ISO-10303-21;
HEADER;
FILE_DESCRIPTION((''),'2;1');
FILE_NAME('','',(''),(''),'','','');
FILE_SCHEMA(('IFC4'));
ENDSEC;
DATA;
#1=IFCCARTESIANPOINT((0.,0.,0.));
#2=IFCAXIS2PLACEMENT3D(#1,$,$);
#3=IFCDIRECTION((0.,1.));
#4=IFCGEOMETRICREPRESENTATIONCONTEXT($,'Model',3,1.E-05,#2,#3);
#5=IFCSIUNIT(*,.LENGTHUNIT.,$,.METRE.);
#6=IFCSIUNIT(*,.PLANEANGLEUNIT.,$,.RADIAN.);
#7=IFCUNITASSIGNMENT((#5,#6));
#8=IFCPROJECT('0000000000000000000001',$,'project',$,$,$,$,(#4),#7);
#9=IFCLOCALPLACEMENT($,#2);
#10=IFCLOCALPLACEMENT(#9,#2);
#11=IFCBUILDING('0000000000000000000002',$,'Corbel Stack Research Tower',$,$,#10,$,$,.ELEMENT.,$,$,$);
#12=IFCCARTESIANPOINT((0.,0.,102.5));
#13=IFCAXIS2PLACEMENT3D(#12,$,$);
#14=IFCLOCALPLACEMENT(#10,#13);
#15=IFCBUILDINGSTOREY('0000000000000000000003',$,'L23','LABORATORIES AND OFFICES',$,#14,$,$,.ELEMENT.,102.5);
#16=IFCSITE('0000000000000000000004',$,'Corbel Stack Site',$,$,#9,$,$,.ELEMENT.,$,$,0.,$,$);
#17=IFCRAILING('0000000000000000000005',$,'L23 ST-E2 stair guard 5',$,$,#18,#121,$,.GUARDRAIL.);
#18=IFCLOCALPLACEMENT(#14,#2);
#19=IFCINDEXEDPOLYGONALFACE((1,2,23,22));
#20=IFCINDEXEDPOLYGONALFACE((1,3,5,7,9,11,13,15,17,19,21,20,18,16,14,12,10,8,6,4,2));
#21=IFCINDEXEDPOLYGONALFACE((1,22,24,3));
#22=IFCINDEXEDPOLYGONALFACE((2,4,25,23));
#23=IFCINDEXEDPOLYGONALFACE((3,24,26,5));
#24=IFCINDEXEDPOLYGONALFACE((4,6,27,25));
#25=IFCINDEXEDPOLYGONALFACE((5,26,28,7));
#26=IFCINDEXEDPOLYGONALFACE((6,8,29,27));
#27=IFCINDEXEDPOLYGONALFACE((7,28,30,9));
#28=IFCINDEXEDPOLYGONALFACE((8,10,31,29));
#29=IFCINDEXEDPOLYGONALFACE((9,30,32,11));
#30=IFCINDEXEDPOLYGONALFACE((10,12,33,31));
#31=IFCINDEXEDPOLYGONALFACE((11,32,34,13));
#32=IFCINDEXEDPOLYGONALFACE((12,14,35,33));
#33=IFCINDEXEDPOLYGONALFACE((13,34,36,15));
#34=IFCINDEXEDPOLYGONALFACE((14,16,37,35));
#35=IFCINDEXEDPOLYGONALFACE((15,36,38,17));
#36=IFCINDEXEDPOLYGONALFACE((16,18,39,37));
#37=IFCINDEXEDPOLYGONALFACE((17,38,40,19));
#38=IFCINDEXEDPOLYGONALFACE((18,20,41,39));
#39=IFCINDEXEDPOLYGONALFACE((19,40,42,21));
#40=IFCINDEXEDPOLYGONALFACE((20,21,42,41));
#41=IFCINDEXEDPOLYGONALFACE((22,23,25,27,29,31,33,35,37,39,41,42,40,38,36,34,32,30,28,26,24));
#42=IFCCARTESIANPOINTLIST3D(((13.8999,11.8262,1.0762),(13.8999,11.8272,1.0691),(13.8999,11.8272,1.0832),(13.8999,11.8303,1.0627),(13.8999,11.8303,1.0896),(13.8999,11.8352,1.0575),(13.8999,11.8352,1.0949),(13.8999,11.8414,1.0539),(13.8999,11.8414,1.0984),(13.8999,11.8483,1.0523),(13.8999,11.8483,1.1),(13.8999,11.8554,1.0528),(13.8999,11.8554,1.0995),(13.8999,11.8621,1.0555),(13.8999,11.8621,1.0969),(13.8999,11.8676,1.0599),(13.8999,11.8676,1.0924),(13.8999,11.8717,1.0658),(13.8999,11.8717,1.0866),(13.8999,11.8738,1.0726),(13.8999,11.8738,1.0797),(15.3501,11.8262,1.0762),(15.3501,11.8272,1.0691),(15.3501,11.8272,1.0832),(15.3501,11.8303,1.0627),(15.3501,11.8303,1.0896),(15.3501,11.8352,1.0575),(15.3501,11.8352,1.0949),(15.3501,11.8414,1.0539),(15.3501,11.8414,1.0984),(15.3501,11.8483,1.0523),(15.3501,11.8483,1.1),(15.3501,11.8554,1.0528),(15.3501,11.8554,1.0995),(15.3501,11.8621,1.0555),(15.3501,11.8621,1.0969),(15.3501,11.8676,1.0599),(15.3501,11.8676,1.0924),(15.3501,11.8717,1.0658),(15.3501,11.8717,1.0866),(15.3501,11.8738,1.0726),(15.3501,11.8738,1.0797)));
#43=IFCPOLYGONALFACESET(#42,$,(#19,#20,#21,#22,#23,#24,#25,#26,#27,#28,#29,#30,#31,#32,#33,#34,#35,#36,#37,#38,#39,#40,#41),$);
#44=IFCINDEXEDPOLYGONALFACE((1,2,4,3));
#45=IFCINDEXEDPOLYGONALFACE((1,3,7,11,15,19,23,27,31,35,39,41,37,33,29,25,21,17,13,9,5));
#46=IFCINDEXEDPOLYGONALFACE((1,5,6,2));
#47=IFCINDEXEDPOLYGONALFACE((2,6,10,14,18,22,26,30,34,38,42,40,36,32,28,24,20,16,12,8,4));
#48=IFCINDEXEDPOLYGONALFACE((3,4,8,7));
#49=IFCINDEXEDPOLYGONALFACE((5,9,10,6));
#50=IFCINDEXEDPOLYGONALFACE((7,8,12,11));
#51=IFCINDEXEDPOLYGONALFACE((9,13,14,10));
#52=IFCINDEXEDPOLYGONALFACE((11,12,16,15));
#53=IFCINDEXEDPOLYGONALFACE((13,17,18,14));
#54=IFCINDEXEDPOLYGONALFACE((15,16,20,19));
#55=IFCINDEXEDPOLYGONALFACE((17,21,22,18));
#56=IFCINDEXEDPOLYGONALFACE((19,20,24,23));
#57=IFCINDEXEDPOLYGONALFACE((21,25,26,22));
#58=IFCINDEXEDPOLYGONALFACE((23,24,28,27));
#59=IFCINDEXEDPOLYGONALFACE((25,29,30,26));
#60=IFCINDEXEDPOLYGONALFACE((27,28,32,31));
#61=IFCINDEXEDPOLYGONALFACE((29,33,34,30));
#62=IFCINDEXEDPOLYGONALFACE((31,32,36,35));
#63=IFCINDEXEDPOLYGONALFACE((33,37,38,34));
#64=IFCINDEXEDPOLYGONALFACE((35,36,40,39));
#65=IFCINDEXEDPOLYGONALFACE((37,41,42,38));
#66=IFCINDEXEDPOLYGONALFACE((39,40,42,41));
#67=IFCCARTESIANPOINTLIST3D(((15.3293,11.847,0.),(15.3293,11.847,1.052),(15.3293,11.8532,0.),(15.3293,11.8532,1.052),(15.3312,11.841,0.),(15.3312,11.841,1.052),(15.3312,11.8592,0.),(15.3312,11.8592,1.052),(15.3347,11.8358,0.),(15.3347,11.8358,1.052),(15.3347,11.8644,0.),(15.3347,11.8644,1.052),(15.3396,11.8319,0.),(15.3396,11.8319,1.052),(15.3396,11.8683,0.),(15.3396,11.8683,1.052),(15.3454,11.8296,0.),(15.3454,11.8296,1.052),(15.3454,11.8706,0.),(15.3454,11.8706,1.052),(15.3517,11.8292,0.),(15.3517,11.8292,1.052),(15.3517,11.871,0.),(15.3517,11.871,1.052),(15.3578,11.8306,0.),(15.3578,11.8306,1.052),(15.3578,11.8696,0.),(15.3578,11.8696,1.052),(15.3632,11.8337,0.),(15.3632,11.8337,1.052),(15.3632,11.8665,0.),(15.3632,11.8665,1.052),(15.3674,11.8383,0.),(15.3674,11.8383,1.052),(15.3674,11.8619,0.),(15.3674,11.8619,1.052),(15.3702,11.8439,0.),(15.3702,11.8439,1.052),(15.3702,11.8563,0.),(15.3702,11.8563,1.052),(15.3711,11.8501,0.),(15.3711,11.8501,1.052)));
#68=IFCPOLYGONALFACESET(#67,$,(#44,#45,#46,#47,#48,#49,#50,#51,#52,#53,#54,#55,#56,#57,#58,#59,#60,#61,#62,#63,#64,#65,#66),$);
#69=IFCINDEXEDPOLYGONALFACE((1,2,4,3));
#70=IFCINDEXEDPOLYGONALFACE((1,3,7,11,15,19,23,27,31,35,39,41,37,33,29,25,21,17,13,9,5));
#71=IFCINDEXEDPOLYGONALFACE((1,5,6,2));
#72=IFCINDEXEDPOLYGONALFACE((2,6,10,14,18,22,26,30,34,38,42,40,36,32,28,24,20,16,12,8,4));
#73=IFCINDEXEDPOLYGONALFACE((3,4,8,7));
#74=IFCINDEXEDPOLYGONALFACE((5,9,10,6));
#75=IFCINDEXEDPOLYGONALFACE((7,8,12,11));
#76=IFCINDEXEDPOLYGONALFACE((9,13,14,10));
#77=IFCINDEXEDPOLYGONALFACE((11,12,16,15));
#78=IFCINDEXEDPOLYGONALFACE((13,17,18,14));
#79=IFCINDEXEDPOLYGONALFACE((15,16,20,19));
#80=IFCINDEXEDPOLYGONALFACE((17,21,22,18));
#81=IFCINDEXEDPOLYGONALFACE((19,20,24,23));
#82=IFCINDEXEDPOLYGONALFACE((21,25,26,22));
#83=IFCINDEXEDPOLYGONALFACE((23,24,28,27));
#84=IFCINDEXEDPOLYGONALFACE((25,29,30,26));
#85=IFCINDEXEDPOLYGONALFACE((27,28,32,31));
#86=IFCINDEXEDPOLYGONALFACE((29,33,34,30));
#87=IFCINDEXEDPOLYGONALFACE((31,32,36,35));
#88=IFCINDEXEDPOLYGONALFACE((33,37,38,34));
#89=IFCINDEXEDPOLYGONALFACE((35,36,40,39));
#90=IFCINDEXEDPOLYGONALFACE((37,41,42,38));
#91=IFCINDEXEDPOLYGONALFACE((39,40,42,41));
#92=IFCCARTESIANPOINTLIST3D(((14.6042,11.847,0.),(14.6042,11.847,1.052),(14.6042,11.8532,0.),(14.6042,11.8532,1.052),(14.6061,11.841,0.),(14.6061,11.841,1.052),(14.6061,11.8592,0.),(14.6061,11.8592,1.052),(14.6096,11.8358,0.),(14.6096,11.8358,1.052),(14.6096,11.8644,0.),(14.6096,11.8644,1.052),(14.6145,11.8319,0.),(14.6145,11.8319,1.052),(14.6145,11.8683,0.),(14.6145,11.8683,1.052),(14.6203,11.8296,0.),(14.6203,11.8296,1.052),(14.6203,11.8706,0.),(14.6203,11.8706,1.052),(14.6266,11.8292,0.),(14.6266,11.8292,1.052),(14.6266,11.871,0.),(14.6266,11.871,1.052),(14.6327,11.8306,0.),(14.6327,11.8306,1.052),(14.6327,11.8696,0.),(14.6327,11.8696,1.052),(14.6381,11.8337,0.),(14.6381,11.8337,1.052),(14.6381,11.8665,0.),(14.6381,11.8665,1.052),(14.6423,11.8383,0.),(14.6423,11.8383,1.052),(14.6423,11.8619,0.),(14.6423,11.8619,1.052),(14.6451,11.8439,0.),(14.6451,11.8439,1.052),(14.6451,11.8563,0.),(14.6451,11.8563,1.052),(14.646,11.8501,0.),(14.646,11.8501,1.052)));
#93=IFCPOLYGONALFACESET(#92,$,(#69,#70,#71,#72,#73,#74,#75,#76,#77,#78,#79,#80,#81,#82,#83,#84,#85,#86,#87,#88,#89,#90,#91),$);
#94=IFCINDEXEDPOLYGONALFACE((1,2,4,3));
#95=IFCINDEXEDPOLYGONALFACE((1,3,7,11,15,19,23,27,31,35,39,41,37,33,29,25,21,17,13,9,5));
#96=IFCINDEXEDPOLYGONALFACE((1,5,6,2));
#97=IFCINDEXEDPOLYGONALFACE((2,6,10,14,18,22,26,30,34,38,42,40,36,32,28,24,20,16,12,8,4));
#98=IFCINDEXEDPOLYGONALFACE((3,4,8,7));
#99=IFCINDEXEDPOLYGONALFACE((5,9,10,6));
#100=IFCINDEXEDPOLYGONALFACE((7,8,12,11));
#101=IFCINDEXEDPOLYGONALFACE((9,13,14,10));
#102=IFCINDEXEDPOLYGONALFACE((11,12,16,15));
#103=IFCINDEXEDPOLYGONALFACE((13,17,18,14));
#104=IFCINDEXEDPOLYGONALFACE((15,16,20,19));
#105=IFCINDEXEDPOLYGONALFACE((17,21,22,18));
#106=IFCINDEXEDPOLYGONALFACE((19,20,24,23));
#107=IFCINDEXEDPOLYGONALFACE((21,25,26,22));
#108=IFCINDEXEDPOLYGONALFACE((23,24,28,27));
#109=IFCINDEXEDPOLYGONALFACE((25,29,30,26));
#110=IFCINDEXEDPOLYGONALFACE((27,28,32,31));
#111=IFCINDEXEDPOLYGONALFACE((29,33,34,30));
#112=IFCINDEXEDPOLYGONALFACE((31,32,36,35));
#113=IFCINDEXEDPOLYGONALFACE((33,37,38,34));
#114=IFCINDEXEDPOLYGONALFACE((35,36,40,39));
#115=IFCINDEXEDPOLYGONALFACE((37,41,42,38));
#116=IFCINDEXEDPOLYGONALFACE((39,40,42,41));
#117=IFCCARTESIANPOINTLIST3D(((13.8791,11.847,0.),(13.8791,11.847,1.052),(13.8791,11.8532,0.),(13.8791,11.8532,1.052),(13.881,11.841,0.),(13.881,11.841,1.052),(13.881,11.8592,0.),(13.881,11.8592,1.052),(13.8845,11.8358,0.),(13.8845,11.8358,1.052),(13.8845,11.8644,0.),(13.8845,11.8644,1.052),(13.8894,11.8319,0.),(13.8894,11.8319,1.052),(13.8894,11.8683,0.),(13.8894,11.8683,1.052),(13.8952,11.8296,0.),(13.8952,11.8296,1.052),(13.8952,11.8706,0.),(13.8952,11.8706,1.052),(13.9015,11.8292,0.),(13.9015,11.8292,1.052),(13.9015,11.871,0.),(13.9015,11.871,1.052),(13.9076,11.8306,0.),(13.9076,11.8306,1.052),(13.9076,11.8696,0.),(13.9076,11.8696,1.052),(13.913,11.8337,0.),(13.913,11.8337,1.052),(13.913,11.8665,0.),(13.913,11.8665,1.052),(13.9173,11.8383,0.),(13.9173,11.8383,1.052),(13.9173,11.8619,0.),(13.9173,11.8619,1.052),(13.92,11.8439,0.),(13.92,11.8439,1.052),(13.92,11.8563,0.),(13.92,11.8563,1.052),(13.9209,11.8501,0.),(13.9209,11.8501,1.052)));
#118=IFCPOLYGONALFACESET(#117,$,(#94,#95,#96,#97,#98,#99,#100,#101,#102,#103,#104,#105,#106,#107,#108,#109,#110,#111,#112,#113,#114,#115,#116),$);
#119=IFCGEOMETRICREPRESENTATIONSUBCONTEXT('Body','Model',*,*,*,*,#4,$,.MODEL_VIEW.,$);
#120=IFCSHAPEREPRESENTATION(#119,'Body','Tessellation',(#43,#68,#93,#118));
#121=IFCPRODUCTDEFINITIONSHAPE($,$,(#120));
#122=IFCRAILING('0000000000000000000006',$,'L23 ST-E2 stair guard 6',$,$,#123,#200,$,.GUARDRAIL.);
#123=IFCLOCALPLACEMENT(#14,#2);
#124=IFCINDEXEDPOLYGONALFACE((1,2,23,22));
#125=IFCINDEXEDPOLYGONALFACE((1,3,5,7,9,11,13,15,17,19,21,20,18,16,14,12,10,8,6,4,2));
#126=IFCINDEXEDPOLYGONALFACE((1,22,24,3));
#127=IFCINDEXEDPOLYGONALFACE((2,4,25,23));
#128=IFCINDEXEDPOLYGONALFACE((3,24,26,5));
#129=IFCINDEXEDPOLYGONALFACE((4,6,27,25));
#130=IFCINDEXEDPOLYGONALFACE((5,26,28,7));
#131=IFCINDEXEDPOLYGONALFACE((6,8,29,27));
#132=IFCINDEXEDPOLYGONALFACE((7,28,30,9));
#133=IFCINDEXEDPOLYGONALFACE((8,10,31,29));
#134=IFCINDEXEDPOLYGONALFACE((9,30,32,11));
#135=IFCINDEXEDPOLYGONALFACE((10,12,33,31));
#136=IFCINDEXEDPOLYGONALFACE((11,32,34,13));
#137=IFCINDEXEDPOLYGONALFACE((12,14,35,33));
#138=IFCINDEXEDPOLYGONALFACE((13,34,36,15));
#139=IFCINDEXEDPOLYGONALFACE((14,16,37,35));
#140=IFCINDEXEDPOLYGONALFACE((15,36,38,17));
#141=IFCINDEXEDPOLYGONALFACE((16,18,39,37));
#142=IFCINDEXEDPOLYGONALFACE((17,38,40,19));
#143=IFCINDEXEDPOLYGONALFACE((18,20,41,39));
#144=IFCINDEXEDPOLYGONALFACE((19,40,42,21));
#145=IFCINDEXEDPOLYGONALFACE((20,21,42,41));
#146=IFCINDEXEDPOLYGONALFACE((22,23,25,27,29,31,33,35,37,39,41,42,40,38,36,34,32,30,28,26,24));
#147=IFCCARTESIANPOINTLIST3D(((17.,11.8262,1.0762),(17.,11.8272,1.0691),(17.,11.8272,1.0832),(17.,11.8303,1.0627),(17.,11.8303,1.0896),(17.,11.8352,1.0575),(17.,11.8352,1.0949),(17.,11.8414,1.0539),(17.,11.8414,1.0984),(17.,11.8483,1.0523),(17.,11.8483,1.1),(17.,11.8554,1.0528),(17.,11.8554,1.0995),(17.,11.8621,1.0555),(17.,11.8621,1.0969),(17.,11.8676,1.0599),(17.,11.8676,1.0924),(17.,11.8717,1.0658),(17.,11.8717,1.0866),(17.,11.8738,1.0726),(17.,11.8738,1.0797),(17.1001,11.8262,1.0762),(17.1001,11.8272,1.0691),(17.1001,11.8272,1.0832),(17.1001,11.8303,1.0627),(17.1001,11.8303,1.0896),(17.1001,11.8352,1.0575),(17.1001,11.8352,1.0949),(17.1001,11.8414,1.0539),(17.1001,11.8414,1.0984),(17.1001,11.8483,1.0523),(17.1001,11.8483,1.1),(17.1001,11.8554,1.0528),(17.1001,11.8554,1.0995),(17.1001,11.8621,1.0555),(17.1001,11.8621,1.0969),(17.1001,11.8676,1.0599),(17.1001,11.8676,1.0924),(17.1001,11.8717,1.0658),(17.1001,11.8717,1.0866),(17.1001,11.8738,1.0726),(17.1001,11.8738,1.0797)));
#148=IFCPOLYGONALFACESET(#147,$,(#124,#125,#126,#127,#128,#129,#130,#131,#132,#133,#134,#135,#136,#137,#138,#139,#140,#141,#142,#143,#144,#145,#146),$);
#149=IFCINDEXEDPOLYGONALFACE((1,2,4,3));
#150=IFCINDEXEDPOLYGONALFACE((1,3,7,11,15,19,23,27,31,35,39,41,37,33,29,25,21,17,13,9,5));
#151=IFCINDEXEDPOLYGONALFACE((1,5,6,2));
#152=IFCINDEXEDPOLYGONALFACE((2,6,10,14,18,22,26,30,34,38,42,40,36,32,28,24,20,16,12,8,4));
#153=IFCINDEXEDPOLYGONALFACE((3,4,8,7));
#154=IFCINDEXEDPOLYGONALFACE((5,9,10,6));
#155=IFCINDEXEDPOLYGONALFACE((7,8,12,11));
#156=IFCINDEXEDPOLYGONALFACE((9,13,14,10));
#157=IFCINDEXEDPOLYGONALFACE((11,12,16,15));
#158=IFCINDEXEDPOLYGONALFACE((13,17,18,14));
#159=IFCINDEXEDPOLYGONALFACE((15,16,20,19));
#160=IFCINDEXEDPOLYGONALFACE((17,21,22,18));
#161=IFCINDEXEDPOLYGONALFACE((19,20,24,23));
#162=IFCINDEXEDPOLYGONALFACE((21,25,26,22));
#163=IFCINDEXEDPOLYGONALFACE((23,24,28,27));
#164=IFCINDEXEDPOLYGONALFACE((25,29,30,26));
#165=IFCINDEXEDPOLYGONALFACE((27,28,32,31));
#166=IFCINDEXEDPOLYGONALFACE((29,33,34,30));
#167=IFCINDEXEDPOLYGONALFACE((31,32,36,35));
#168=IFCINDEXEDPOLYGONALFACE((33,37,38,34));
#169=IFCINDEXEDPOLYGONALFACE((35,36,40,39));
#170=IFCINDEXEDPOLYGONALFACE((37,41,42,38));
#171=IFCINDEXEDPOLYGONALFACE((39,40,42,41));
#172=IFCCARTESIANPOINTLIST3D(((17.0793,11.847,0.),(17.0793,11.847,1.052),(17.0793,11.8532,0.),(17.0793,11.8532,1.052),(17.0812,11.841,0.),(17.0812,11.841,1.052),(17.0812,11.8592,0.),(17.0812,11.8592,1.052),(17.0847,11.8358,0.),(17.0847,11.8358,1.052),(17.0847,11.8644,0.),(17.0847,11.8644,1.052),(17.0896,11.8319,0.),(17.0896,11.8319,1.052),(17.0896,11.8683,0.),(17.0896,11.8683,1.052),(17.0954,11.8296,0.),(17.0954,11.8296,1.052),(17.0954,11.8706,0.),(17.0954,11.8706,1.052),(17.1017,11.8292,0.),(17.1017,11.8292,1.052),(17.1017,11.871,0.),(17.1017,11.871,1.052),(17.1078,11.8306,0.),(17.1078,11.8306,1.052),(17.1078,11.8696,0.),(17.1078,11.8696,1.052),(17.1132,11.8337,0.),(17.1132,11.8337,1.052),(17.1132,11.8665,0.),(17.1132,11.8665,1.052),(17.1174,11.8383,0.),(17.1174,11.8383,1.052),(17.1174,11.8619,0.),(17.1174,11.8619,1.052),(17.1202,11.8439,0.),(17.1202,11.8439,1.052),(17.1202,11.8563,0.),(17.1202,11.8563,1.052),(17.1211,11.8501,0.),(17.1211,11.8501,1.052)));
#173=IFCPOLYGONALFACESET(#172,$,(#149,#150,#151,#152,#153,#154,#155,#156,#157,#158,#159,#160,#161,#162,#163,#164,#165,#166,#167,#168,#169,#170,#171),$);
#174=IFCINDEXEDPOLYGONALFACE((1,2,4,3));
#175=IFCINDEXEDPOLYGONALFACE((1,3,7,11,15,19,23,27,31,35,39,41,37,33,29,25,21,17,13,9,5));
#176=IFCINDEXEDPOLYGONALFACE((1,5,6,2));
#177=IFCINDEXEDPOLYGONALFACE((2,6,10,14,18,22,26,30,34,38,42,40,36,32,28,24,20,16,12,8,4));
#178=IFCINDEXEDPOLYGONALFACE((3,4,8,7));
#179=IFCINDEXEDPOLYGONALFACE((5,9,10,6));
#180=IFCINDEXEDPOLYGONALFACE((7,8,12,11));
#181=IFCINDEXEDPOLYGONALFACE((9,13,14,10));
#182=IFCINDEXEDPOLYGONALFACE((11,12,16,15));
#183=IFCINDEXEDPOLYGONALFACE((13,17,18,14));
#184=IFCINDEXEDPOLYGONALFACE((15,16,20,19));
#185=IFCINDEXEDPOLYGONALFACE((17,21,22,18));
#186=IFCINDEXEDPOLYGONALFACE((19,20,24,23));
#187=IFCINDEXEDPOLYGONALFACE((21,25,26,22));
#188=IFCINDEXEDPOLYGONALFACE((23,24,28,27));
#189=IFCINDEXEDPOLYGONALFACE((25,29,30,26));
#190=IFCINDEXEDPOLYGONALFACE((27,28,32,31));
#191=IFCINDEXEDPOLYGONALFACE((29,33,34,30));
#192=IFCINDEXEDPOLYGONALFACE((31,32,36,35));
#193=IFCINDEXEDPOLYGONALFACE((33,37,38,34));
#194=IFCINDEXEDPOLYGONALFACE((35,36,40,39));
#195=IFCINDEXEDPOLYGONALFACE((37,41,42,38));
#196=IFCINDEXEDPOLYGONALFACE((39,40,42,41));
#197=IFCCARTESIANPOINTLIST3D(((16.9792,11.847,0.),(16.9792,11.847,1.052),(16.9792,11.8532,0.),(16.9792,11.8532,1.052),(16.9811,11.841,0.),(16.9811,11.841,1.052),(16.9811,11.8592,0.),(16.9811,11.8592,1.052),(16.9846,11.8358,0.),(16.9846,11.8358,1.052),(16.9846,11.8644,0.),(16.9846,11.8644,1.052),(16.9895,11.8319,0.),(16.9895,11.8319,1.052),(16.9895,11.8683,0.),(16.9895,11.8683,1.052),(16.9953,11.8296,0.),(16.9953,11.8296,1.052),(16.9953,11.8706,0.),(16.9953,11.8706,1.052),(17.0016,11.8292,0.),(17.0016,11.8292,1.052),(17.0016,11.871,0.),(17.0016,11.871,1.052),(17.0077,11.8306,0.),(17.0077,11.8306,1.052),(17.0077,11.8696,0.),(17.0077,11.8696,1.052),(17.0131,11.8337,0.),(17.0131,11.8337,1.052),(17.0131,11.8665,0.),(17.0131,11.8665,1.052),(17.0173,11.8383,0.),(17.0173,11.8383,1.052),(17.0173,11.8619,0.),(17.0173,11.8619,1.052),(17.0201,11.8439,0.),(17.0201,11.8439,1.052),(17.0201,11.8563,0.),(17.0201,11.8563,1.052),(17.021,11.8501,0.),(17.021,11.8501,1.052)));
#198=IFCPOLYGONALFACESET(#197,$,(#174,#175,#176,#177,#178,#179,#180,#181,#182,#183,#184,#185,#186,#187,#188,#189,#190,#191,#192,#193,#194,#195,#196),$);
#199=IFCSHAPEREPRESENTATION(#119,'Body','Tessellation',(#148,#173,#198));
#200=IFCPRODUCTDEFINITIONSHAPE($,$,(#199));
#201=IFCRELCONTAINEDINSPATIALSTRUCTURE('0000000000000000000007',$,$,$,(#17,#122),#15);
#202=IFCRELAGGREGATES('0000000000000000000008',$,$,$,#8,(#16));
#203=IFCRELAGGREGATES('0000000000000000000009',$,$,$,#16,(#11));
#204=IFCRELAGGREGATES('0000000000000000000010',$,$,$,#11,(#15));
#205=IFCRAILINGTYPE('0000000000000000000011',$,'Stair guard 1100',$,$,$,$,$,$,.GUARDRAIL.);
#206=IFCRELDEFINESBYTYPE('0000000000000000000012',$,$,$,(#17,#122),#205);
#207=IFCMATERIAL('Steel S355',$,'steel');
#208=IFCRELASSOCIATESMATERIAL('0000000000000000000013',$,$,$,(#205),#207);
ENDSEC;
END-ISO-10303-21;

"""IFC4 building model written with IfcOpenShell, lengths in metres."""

from ifc_helpers import new_model, si_unit, direction, frame, origin, origin_2d, place, context, subcontext, project, spatial, circle, extrude, material, type_object, element, save


model = new_model("IFC4")

# Units and contexts
model_context = context("Model", 3, precision=1e-05, world=origin(), true_north=direction((0.0, 1.0)))
body_context = subcontext(model_context, "Body", "Model", "MODEL_VIEW")
ifc_project = project(units=[si_unit("LENGTHUNIT", "METRE"), si_unit("PLANEANGLEUNIT", "RADIAN")], contexts=[model_context])

# Site, building, storey
site_placement = place(None, origin())
site = spatial("IfcSite", under=ifc_project, at=site_placement, Name="Corbel Stack Site", CompositionType="ELEMENT", RefElevation=0.0)
building_placement = place(site_placement, origin())
building = spatial("IfcBuilding", under=site, at=building_placement, Name="Corbel Stack Research Tower", CompositionType="ELEMENT")
storey_placement = place(building_placement, frame((0.0, 0.0, 102.5)))
storey = spatial("IfcBuildingStorey", under=building, at=storey_placement, Name="L23", Description="LABORATORIES AND OFFICES", CompositionType="ELEMENT", Elevation=102.5)

# Railings
ifc_material_1 = material(Name="Steel S355", Category="steel")
railing_type_1 = type_object("IfcRailingType", Name="Stair guard 1100", PredefinedType="GUARDRAIL", material=ifc_material_1)
railing_1_placement = place(storey_placement, frame((15.3501, 11.8501, 0.0)))
element("IfcRailing", 1, at=railing_1_placement, inside=storey, type_object=railing_type_1, Name="L23 ST-E2 stair guard 5", PredefinedType="GUARDRAIL", context=body_context, shape_type="SweptSolid", body=[
    extrude(circle(Radius=0.0239, at=origin_2d()), frame((0.0, 0.0, 1.0762), z_axis=(-1.0, 0.0, 0.0), x_axis=(0.0, -1.0, 0.0)), (0.0, 0.0, 1.0), 1.4502),
    extrude(circle(Radius=0.021, at=origin_2d()), origin(), (0.0, 0.0, 1.0), 1.052),
    extrude(circle(Radius=0.021, at=origin_2d()), frame((-0.7251, 0.0, 0.0)), (0.0, 0.0, 1.0), 1.052),
    extrude(circle(Radius=0.021, at=origin_2d()), frame((-1.4502, 0.0, 0.0)), (0.0, 0.0, 1.0), 1.052),
])
railing_2_placement = place(storey_placement, frame((17.1001, 11.8501, 0.0)))
element("IfcRailing", 2, at=railing_2_placement, inside=storey, type_object=railing_type_1, Name="L23 ST-E2 stair guard 6", PredefinedType="GUARDRAIL", context=body_context, shape_type="SweptSolid", body=[
    extrude(circle(Radius=0.0239, at=origin_2d()), frame((0.0, 0.0, 1.0762), z_axis=(-1.0, 0.0, 0.0), x_axis=(0.0, -1.0, 0.0)), (0.0, 0.0, 1.0), 0.1001),
    extrude(circle(Radius=0.021, at=origin_2d()), origin(), (0.0, 0.0, 1.0), 1.052),
    extrude(circle(Radius=0.021, at=origin_2d()), frame((-0.1001, 0.0, 0.0)), (0.0, 0.0, 1.0), 1.052),
])

save(model, "model.ifc")
